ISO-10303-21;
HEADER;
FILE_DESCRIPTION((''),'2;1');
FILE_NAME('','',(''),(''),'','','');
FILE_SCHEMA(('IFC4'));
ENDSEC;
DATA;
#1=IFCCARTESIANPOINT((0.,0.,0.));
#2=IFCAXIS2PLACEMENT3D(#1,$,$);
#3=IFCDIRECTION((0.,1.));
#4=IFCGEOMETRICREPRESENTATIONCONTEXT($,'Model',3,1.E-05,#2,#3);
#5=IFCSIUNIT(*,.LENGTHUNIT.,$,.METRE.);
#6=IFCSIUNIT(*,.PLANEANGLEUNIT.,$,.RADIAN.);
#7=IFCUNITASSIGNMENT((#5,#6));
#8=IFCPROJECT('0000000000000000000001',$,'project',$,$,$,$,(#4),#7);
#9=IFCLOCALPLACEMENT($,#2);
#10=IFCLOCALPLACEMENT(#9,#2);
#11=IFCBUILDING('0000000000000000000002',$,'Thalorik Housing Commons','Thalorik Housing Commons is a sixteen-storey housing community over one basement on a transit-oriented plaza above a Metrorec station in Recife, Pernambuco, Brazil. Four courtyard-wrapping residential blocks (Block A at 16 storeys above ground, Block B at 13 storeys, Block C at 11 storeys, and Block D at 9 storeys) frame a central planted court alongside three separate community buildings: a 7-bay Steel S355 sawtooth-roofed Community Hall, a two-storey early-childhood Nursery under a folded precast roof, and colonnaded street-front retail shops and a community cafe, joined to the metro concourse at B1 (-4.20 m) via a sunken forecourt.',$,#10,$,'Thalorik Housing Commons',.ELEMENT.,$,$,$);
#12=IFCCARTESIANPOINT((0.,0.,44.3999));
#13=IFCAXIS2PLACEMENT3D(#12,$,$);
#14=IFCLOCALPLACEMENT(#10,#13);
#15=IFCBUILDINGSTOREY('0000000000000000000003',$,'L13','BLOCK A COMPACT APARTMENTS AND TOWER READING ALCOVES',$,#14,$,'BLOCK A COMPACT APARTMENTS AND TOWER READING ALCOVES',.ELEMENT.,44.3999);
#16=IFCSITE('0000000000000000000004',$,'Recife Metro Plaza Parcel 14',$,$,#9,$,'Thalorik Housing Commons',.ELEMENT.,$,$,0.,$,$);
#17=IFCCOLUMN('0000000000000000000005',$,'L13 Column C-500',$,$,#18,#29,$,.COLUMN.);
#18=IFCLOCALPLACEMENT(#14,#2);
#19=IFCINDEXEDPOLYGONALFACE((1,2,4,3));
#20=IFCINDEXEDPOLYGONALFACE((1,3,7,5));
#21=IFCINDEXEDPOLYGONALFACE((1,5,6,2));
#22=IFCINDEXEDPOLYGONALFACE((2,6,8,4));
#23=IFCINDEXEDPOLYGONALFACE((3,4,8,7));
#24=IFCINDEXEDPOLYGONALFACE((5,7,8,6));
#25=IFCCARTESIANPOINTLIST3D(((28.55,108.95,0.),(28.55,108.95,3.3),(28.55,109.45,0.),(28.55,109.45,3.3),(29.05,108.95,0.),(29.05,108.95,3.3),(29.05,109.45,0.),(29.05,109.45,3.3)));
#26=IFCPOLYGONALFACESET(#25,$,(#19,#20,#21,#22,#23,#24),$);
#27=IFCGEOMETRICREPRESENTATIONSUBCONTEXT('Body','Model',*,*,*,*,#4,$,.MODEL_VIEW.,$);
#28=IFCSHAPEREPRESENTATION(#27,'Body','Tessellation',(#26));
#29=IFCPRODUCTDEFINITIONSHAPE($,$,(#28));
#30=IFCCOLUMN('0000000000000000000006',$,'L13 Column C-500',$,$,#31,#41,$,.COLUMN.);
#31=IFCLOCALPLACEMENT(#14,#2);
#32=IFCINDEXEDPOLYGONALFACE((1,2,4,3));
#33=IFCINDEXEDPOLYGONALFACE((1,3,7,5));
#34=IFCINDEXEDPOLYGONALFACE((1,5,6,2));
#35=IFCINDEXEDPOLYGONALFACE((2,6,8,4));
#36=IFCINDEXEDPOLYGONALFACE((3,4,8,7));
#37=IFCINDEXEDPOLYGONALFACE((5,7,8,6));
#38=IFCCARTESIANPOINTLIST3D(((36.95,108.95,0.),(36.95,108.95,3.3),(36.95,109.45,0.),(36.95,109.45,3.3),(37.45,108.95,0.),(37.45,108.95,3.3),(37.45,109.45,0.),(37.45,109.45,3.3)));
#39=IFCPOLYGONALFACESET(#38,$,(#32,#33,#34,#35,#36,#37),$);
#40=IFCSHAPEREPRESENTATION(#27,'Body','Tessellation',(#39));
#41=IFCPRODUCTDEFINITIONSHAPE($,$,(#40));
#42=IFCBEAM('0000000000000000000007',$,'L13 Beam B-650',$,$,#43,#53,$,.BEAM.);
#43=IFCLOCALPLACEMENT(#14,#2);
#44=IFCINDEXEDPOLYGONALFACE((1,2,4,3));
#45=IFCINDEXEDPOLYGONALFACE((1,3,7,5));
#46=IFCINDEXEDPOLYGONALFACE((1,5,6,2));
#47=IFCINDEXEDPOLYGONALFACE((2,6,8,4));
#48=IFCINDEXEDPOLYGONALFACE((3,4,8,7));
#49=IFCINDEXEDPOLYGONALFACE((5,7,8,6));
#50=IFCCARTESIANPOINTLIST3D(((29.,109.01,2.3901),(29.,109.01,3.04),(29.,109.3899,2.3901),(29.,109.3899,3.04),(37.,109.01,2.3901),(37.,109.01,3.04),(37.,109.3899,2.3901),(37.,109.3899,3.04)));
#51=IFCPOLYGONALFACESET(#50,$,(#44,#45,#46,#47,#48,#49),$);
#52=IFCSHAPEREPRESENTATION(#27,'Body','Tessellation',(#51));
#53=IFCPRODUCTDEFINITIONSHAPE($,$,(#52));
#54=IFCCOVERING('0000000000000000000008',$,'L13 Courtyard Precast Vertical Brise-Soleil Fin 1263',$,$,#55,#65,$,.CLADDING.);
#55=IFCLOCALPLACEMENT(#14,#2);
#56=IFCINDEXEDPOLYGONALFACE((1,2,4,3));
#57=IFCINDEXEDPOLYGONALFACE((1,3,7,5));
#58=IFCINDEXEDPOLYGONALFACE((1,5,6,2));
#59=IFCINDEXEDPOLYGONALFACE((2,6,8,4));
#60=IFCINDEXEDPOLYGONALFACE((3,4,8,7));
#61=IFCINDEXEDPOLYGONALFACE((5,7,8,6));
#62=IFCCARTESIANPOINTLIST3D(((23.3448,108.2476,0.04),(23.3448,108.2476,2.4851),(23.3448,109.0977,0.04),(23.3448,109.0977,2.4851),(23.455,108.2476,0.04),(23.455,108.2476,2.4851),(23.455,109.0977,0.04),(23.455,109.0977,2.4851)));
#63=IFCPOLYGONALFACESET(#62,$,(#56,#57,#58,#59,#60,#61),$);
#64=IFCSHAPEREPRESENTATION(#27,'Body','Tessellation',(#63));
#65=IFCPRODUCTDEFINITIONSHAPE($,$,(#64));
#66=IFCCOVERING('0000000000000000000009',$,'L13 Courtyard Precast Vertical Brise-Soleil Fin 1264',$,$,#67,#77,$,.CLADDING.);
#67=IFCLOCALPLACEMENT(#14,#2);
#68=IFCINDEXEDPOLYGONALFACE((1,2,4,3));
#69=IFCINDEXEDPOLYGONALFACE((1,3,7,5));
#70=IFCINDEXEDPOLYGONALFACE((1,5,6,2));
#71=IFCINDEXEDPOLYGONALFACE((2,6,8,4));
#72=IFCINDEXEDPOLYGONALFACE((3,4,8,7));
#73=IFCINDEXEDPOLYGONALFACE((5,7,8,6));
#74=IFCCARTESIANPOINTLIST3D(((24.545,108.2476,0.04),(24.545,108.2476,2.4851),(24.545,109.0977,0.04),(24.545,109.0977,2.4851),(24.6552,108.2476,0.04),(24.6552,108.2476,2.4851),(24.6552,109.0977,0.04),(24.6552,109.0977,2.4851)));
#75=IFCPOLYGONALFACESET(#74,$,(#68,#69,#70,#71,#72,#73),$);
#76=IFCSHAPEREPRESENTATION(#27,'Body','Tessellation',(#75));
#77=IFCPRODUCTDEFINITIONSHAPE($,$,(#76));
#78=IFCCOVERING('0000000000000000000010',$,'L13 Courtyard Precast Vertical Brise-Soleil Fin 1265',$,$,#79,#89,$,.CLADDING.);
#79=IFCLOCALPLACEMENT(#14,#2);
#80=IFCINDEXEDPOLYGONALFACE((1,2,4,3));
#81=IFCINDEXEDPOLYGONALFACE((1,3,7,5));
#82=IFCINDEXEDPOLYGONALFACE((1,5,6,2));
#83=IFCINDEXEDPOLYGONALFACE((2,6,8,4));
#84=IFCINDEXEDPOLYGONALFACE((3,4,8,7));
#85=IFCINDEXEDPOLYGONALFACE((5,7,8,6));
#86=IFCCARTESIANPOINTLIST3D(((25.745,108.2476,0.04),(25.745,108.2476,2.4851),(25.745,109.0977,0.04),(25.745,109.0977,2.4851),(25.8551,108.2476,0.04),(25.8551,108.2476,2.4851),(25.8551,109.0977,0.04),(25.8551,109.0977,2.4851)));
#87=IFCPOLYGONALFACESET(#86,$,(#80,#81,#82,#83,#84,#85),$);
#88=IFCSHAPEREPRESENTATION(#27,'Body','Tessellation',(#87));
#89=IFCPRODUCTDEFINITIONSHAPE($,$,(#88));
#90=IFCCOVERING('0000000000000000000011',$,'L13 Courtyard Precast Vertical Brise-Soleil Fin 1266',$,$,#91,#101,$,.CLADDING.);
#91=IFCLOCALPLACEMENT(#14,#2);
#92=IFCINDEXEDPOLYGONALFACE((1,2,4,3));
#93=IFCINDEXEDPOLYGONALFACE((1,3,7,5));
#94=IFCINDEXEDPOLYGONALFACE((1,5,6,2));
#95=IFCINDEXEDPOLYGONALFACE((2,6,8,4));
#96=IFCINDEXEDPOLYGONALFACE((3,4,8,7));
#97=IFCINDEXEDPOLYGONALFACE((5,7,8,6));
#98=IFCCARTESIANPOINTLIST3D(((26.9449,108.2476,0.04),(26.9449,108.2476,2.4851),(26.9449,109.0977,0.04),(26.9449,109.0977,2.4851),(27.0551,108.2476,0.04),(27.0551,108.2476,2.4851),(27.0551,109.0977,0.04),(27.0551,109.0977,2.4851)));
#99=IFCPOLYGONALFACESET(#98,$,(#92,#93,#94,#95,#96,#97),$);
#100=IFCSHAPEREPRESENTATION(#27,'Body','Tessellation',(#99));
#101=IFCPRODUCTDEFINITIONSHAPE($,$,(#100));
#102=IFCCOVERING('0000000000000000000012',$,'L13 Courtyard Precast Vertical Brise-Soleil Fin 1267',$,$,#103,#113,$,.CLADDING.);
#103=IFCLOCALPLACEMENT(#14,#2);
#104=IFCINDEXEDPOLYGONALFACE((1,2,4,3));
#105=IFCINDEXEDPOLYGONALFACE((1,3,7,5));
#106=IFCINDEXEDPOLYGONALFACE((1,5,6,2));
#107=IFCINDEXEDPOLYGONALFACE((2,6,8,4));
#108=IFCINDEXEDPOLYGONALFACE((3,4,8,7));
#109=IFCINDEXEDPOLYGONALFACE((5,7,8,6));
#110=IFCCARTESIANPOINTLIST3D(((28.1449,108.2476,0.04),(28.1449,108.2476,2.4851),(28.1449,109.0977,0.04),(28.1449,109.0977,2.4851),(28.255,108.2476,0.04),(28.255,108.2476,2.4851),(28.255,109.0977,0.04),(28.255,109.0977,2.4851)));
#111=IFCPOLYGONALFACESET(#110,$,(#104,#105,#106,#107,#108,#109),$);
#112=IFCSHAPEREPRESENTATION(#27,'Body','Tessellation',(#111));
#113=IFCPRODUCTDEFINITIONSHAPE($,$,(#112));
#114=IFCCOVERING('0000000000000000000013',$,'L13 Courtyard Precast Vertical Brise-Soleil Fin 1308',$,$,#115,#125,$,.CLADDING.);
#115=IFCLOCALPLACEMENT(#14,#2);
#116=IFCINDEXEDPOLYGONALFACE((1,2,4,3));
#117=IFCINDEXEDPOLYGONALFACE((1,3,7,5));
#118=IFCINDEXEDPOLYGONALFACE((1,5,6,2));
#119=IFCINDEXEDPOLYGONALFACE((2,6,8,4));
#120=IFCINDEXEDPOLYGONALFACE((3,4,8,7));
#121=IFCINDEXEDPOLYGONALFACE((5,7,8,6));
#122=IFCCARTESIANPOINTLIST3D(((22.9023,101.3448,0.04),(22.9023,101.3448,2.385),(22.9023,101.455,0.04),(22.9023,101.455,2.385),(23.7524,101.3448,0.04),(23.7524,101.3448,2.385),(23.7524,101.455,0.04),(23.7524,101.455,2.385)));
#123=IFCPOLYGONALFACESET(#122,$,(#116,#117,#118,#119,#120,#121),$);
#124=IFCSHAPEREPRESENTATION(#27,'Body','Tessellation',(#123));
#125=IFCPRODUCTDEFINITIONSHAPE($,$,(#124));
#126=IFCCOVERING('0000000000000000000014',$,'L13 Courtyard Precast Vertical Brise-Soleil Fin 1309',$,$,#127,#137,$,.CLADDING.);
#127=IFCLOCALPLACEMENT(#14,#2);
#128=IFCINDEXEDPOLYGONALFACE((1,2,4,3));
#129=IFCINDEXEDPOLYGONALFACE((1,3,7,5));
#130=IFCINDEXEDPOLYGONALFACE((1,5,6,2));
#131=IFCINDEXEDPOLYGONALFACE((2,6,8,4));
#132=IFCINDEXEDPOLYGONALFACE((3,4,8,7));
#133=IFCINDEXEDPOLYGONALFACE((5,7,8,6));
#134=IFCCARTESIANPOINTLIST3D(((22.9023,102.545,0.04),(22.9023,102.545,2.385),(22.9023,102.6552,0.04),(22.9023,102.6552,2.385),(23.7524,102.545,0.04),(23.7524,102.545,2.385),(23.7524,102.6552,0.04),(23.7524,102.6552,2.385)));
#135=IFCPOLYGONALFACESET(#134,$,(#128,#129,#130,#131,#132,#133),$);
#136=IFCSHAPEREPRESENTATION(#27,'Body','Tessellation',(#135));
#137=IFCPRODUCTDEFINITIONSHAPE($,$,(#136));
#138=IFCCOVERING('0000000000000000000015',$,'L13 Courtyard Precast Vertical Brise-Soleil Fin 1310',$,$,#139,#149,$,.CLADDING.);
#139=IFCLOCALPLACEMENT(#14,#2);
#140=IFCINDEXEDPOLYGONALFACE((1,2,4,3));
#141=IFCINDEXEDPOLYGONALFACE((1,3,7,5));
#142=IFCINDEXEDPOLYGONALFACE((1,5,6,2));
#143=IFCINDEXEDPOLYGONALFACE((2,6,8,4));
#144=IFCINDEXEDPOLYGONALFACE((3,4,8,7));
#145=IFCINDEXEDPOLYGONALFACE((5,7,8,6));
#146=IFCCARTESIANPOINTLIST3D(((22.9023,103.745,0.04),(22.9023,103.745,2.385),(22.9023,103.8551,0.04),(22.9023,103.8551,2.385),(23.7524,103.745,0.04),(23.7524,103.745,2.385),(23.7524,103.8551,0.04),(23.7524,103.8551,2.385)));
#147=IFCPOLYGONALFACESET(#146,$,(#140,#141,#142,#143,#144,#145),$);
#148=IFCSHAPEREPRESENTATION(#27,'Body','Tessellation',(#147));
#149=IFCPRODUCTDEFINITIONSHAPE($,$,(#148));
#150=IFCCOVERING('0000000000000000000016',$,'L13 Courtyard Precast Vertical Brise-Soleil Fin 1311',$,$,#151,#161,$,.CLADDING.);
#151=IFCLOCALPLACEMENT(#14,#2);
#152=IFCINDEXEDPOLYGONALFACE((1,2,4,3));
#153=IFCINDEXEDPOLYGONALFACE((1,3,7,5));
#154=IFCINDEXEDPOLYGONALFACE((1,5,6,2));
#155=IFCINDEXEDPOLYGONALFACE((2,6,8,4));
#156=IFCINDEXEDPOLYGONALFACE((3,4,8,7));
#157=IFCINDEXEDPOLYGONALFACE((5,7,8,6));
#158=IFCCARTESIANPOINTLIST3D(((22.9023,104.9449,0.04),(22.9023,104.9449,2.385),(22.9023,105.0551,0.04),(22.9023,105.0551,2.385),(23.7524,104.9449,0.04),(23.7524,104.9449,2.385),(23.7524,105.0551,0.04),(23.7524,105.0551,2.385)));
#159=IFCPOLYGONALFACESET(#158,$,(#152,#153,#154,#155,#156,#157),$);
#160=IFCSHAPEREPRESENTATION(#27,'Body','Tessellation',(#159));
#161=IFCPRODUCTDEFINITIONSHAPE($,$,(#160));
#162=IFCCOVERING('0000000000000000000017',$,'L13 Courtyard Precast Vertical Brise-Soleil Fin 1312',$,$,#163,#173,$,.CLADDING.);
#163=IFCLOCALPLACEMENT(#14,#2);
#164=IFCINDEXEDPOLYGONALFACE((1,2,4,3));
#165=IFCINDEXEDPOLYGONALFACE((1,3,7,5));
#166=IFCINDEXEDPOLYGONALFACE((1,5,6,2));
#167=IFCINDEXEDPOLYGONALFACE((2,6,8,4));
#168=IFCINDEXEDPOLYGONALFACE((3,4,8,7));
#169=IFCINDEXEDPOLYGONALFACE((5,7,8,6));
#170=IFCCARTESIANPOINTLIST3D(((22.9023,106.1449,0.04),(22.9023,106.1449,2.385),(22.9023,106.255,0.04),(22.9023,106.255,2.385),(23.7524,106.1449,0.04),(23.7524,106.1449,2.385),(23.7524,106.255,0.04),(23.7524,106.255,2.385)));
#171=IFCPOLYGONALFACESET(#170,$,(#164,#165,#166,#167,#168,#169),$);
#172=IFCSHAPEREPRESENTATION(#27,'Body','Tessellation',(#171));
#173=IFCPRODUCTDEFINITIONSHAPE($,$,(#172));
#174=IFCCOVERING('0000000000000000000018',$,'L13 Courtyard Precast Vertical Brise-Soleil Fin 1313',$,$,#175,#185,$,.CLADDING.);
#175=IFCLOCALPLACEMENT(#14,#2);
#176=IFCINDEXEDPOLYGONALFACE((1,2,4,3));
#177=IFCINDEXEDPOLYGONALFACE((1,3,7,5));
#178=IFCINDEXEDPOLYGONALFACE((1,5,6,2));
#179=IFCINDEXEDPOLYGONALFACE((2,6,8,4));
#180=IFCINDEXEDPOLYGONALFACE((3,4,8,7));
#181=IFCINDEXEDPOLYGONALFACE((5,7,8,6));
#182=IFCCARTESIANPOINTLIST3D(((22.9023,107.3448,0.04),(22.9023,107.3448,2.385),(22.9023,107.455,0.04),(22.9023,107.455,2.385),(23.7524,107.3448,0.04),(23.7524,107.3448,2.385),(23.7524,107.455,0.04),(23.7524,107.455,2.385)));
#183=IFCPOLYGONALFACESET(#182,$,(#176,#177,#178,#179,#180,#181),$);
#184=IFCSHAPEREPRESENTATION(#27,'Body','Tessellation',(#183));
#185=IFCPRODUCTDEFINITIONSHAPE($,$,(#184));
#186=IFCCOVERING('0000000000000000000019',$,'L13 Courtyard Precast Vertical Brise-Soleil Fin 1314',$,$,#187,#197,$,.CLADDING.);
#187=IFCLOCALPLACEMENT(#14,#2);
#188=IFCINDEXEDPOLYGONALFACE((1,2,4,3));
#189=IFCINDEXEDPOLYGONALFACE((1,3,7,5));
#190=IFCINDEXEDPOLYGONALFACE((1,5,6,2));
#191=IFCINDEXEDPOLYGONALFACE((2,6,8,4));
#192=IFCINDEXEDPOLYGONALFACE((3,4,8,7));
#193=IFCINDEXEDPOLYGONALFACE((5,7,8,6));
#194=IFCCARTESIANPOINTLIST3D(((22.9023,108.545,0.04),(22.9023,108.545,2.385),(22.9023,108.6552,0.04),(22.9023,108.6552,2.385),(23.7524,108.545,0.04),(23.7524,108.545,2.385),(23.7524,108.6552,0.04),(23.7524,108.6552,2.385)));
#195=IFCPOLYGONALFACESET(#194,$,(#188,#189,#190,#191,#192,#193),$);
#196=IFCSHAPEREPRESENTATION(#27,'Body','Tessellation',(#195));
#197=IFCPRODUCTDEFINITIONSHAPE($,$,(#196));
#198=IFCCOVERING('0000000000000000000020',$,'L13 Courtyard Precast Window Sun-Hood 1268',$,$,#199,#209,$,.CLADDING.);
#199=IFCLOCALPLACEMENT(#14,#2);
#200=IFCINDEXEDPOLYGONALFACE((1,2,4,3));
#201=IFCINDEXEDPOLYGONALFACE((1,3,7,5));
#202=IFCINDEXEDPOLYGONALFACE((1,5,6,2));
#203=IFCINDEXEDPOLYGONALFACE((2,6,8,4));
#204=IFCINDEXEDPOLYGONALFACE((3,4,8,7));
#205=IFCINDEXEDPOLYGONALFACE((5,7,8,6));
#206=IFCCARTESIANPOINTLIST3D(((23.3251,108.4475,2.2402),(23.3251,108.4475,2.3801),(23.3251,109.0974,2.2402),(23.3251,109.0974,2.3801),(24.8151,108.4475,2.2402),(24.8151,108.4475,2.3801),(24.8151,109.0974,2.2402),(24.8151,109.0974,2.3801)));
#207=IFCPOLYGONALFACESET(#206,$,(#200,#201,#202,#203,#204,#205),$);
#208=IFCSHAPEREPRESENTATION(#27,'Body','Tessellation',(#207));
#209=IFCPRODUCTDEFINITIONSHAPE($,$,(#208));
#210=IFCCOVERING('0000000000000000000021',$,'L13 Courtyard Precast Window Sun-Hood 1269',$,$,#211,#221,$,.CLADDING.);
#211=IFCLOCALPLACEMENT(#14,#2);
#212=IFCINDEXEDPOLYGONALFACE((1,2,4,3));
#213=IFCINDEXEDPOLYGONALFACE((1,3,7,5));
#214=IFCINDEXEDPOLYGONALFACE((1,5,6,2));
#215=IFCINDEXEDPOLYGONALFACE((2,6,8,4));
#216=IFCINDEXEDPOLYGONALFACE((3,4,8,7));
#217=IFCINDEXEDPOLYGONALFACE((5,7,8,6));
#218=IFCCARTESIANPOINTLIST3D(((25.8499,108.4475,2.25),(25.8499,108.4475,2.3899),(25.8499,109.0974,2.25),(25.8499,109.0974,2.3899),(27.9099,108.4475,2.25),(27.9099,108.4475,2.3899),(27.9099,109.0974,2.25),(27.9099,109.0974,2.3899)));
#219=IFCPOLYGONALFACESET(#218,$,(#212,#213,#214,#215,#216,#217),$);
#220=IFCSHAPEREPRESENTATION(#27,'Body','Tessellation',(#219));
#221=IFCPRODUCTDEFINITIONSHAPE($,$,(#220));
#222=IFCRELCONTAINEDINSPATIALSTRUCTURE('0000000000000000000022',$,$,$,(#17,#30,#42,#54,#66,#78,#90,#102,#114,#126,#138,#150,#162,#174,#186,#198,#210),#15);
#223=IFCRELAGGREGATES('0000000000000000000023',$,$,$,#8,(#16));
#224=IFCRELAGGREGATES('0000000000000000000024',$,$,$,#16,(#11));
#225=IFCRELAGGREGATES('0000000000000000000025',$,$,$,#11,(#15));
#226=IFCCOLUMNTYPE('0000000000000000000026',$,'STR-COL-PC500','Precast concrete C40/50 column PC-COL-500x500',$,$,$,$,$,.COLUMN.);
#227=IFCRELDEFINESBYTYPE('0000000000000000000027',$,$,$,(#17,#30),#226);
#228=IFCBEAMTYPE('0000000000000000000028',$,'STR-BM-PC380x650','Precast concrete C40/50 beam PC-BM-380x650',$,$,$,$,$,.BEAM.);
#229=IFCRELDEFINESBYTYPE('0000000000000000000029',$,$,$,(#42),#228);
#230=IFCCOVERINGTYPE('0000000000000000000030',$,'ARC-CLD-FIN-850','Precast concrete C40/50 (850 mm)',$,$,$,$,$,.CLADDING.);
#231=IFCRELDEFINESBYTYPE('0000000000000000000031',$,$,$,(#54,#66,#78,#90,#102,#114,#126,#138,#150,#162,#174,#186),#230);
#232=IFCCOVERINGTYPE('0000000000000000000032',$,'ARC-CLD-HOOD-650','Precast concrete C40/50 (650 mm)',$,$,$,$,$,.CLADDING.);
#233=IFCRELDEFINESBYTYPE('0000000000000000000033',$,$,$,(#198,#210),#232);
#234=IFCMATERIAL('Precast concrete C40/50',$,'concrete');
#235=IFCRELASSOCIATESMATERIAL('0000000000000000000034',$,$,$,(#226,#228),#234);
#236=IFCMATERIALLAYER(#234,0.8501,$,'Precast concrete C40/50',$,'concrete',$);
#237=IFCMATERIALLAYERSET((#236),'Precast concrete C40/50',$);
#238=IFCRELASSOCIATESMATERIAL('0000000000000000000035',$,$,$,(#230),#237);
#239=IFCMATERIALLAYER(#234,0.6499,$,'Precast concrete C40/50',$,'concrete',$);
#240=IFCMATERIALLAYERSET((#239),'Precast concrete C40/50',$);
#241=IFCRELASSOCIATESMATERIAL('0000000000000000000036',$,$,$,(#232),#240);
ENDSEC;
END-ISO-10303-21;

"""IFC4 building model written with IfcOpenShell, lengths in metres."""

from ifc_helpers import new_model, si_unit, direction, frame, origin, origin_2d, place, context, subcontext, project, spatial, rectangle, extrude, material, layer, layer_set, material_profile, profile_set, type_object, element, save


model = new_model("IFC4")

# Units and contexts
model_context = context("Model", 3, precision=1e-05, world=origin(), true_north=direction((0.0, 1.0)))
body_context = subcontext(model_context, "Body", "Model", "MODEL_VIEW")
ifc_project = project(units=[si_unit("LENGTHUNIT", "METRE"), si_unit("PLANEANGLEUNIT", "RADIAN")], contexts=[model_context])

# Site, building, storey
site_placement = place(None, origin())
site = spatial("IfcSite", under=ifc_project, at=site_placement, Name="Recife Metro Plaza Parcel 14", LongName="Thalorik Housing Commons", CompositionType="ELEMENT", RefElevation=0.0)
building_placement = place(site_placement, origin())
building = spatial("IfcBuilding", under=site, at=building_placement, Name="Thalorik Housing Commons", Description="Thalorik Housing Commons is a sixteen-storey housing community over one basement on a transit-oriented plaza above a Metrorec station in Recife, Pernambuco, Brazil. Four courtyard-wrapping residential blocks (Block A at 16 storeys above ground, Block B at 13 storeys, Block C at 11 storeys, and Block D at 9 storeys) frame a central planted court alongside three separate community buildings: a 7-bay Steel S355 sawtooth-roofed Community Hall, a two-storey early-childhood Nursery under a folded precast roof, and colonnaded street-front retail shops and a community cafe, joined to the metro concourse at B1 (-4.20 m) via a sunken forecourt.", LongName="Thalorik Housing Commons", CompositionType="ELEMENT")
storey_placement = place(building_placement, frame((0.0, 0.0, 44.3999)))
storey = spatial("IfcBuildingStorey", under=building, at=storey_placement, Name="L13", Description="BLOCK A COMPACT APARTMENTS AND TOWER READING ALCOVES", LongName="BLOCK A COMPACT APARTMENTS AND TOWER READING ALCOVES", CompositionType="ELEMENT", Elevation=44.3999)

# Columns
ifc_material = material(Name="Precast concrete C40/50", Category="concrete")
ifc_material_profile_1 = material_profile(ifc_material, rectangle(XDim=0.5, YDim=0.5, at=origin_2d()), Name="PC 500x500", Category="concrete")
ifc_profile_set_1 = profile_set([ifc_material_profile_1], Name="Precast concrete C40/50")
column_type = type_object("IfcColumnType", Name="STR-COL-PC500", Description="Precast concrete C40/50 column PC-COL-500x500", PredefinedType="COLUMN", material=ifc_profile_set_1)
for number, where, z_axis, x_axis, name in (
    (1, (28.8, 109.2, 0.0), (0.0, 0.0, 1.0), (1.0, 0.0, 0.0), "L13 Column C-500"),
    (2, (37.2, 109.2, 0.0), (0.0, 0.0, 1.0), (1.0, 0.0, 0.0), "L13 Column C-500"),
):
    element("IfcColumn", number, at=place(storey_placement, frame(where, z_axis=z_axis, x_axis=x_axis)), inside=storey, type_object=column_type, Name=name, PredefinedType="COLUMN", context=body_context, shape_type="SweptSolid", body=[
        extrude(rectangle(XDim=0.5, YDim=0.5, at=origin_2d()), origin(), (0.0, 0.0, 1.0), 3.3),
    ])

# Beam
ifc_material_profile_2 = material_profile(ifc_material, rectangle(XDim=0.3799, YDim=0.6499, at=origin_2d()), Name="PC 380x650", Category="concrete")
ifc_profile_set_2 = profile_set([ifc_material_profile_2], Name="Precast concrete C40/50")
beam_type = type_object("IfcBeamType", Name="STR-BM-PC380x650", Description="Precast concrete C40/50 beam PC-BM-380x650", PredefinedType="BEAM", material=ifc_profile_set_2)
beam_placement = place(storey_placement, frame((29.0, 109.2, 2.7151), z_axis=(1.0, 0.0, 0.0), x_axis=(0.0, 1.0, 0.0)))
element("IfcBeam", 3, at=beam_placement, inside=storey, type_object=beam_type, Name="L13 Beam B-650", PredefinedType="BEAM", context=body_context, shape_type="SweptSolid", body=[
    extrude(rectangle(XDim=0.3799, YDim=0.6499, at=origin_2d()), origin(), (0.0, 0.0, 1.0), 8.0),
])

# Coverings
ifc_layer_1 = layer(ifc_material, 0.8501, Name="Precast concrete C40/50", Category="concrete")
ifc_layer_set_1 = layer_set([ifc_layer_1], Name="Precast concrete C40/50")
covering_type_1 = type_object("IfcCoveringType", Name="ARC-CLD-FIN-850", Description="Precast concrete C40/50 (850 mm)", PredefinedType="CLADDING", material=ifc_layer_set_1)
for number, where, z_axis, x_axis, name in (
    (4, (23.3999, 108.6726, 0.04), (0.0, 0.0, 1.0), (1.0, 0.0, 0.0), "L13 Courtyard Precast Vertical Brise-Soleil Fin 1263"),
    (5, (24.6001, 108.6726, 0.04), (0.0, 0.0, 1.0), (1.0, 0.0, 0.0), "L13 Courtyard Precast Vertical Brise-Soleil Fin 1264"),
    (6, (25.8, 108.6726, 0.04), (0.0, 0.0, 1.0), (1.0, 0.0, 0.0), "L13 Courtyard Precast Vertical Brise-Soleil Fin 1265"),
    (7, (27.0, 108.6726, 0.04), (0.0, 0.0, 1.0), (1.0, 0.0, 0.0), "L13 Courtyard Precast Vertical Brise-Soleil Fin 1266"),
    (8, (28.2, 108.6726, 0.04), (0.0, 0.0, 1.0), (1.0, 0.0, 0.0), "L13 Courtyard Precast Vertical Brise-Soleil Fin 1267"),
):
    element("IfcCovering", number, at=place(storey_placement, frame(where, z_axis=z_axis, x_axis=x_axis)), inside=storey, type_object=covering_type_1, Name=name, PredefinedType="CLADDING", context=body_context, shape_type="SweptSolid", body=[
        extrude(rectangle(XDim=0.1101, YDim=0.8501, at=origin_2d()), origin(), (0.0, 0.0, 1.0), 2.4451),
    ])
for number, where, z_axis, x_axis, name in (
    (9, (23.3274, 101.3999, 0.04), (0.0, 0.0, 1.0), (0.0, 1.0, 0.0), "L13 Courtyard Precast Vertical Brise-Soleil Fin 1308"),
    (10, (23.3274, 102.6001, 0.04), (0.0, 0.0, 1.0), (0.0, 1.0, 0.0), "L13 Courtyard Precast Vertical Brise-Soleil Fin 1309"),
    (11, (23.3274, 103.8, 0.04), (0.0, 0.0, 1.0), (0.0, 1.0, 0.0), "L13 Courtyard Precast Vertical Brise-Soleil Fin 1310"),
    (12, (23.3274, 105.0, 0.04), (0.0, 0.0, 1.0), (0.0, 1.0, 0.0), "L13 Courtyard Precast Vertical Brise-Soleil Fin 1311"),
    (13, (23.3274, 106.2, 0.04), (0.0, 0.0, 1.0), (0.0, 1.0, 0.0), "L13 Courtyard Precast Vertical Brise-Soleil Fin 1312"),
    (14, (23.3274, 107.3999, 0.04), (0.0, 0.0, 1.0), (0.0, 1.0, 0.0), "L13 Courtyard Precast Vertical Brise-Soleil Fin 1313"),
    (15, (23.3274, 108.6001, 0.04), (0.0, 0.0, 1.0), (0.0, 1.0, 0.0), "L13 Courtyard Precast Vertical Brise-Soleil Fin 1314"),
):
    element("IfcCovering", number, at=place(storey_placement, frame(where, z_axis=z_axis, x_axis=x_axis)), inside=storey, type_object=covering_type_1, Name=name, PredefinedType="CLADDING", context=body_context, shape_type="SweptSolid", body=[
        extrude(rectangle(XDim=0.1101, YDim=0.8501, at=origin_2d()), origin(), (0.0, 0.0, 1.0), 2.345),
    ])
ifc_layer_2 = layer(ifc_material, 0.6499, Name="Precast concrete C40/50", Category="concrete")
ifc_layer_set_2 = layer_set([ifc_layer_2], Name="Precast concrete C40/50")
covering_type_2 = type_object("IfcCoveringType", Name="ARC-CLD-HOOD-650", Description="Precast concrete C40/50 (650 mm)", PredefinedType="CLADDING", material=ifc_layer_set_2)
covering_placement = place(storey_placement, frame((24.0701, 108.7725, 2.2402), z_axis=(0.0, 0.0, 1.0), x_axis=(1.0, 0.0, 0.0)))
element("IfcCovering", 16, at=covering_placement, inside=storey, type_object=covering_type_2, Name="L13 Courtyard Precast Window Sun-Hood 1268", PredefinedType="CLADDING", context=body_context, shape_type="SweptSolid", body=[
    extrude(rectangle(XDim=1.49, YDim=0.6499, at=origin_2d()), origin(), (0.0, 0.0, 1.0), 0.1399),
])
for number, where, z_axis, x_axis, name in (
    (17, (26.8799, 108.7725, 2.25), (0.0, 0.0, 1.0), (1.0, 0.0, 0.0), "L13 Courtyard Precast Window Sun-Hood 1269"),
):
    element("IfcCovering", number, at=place(storey_placement, frame(where, z_axis=z_axis, x_axis=x_axis)), inside=storey, type_object=covering_type_2, Name=name, PredefinedType="CLADDING", context=body_context, shape_type="SweptSolid", body=[
        extrude(rectangle(XDim=2.0601, YDim=0.6499, at=origin_2d()), origin(), (0.0, 0.0, 1.0), 0.1399),
    ])

save(model, "model.ifc")
